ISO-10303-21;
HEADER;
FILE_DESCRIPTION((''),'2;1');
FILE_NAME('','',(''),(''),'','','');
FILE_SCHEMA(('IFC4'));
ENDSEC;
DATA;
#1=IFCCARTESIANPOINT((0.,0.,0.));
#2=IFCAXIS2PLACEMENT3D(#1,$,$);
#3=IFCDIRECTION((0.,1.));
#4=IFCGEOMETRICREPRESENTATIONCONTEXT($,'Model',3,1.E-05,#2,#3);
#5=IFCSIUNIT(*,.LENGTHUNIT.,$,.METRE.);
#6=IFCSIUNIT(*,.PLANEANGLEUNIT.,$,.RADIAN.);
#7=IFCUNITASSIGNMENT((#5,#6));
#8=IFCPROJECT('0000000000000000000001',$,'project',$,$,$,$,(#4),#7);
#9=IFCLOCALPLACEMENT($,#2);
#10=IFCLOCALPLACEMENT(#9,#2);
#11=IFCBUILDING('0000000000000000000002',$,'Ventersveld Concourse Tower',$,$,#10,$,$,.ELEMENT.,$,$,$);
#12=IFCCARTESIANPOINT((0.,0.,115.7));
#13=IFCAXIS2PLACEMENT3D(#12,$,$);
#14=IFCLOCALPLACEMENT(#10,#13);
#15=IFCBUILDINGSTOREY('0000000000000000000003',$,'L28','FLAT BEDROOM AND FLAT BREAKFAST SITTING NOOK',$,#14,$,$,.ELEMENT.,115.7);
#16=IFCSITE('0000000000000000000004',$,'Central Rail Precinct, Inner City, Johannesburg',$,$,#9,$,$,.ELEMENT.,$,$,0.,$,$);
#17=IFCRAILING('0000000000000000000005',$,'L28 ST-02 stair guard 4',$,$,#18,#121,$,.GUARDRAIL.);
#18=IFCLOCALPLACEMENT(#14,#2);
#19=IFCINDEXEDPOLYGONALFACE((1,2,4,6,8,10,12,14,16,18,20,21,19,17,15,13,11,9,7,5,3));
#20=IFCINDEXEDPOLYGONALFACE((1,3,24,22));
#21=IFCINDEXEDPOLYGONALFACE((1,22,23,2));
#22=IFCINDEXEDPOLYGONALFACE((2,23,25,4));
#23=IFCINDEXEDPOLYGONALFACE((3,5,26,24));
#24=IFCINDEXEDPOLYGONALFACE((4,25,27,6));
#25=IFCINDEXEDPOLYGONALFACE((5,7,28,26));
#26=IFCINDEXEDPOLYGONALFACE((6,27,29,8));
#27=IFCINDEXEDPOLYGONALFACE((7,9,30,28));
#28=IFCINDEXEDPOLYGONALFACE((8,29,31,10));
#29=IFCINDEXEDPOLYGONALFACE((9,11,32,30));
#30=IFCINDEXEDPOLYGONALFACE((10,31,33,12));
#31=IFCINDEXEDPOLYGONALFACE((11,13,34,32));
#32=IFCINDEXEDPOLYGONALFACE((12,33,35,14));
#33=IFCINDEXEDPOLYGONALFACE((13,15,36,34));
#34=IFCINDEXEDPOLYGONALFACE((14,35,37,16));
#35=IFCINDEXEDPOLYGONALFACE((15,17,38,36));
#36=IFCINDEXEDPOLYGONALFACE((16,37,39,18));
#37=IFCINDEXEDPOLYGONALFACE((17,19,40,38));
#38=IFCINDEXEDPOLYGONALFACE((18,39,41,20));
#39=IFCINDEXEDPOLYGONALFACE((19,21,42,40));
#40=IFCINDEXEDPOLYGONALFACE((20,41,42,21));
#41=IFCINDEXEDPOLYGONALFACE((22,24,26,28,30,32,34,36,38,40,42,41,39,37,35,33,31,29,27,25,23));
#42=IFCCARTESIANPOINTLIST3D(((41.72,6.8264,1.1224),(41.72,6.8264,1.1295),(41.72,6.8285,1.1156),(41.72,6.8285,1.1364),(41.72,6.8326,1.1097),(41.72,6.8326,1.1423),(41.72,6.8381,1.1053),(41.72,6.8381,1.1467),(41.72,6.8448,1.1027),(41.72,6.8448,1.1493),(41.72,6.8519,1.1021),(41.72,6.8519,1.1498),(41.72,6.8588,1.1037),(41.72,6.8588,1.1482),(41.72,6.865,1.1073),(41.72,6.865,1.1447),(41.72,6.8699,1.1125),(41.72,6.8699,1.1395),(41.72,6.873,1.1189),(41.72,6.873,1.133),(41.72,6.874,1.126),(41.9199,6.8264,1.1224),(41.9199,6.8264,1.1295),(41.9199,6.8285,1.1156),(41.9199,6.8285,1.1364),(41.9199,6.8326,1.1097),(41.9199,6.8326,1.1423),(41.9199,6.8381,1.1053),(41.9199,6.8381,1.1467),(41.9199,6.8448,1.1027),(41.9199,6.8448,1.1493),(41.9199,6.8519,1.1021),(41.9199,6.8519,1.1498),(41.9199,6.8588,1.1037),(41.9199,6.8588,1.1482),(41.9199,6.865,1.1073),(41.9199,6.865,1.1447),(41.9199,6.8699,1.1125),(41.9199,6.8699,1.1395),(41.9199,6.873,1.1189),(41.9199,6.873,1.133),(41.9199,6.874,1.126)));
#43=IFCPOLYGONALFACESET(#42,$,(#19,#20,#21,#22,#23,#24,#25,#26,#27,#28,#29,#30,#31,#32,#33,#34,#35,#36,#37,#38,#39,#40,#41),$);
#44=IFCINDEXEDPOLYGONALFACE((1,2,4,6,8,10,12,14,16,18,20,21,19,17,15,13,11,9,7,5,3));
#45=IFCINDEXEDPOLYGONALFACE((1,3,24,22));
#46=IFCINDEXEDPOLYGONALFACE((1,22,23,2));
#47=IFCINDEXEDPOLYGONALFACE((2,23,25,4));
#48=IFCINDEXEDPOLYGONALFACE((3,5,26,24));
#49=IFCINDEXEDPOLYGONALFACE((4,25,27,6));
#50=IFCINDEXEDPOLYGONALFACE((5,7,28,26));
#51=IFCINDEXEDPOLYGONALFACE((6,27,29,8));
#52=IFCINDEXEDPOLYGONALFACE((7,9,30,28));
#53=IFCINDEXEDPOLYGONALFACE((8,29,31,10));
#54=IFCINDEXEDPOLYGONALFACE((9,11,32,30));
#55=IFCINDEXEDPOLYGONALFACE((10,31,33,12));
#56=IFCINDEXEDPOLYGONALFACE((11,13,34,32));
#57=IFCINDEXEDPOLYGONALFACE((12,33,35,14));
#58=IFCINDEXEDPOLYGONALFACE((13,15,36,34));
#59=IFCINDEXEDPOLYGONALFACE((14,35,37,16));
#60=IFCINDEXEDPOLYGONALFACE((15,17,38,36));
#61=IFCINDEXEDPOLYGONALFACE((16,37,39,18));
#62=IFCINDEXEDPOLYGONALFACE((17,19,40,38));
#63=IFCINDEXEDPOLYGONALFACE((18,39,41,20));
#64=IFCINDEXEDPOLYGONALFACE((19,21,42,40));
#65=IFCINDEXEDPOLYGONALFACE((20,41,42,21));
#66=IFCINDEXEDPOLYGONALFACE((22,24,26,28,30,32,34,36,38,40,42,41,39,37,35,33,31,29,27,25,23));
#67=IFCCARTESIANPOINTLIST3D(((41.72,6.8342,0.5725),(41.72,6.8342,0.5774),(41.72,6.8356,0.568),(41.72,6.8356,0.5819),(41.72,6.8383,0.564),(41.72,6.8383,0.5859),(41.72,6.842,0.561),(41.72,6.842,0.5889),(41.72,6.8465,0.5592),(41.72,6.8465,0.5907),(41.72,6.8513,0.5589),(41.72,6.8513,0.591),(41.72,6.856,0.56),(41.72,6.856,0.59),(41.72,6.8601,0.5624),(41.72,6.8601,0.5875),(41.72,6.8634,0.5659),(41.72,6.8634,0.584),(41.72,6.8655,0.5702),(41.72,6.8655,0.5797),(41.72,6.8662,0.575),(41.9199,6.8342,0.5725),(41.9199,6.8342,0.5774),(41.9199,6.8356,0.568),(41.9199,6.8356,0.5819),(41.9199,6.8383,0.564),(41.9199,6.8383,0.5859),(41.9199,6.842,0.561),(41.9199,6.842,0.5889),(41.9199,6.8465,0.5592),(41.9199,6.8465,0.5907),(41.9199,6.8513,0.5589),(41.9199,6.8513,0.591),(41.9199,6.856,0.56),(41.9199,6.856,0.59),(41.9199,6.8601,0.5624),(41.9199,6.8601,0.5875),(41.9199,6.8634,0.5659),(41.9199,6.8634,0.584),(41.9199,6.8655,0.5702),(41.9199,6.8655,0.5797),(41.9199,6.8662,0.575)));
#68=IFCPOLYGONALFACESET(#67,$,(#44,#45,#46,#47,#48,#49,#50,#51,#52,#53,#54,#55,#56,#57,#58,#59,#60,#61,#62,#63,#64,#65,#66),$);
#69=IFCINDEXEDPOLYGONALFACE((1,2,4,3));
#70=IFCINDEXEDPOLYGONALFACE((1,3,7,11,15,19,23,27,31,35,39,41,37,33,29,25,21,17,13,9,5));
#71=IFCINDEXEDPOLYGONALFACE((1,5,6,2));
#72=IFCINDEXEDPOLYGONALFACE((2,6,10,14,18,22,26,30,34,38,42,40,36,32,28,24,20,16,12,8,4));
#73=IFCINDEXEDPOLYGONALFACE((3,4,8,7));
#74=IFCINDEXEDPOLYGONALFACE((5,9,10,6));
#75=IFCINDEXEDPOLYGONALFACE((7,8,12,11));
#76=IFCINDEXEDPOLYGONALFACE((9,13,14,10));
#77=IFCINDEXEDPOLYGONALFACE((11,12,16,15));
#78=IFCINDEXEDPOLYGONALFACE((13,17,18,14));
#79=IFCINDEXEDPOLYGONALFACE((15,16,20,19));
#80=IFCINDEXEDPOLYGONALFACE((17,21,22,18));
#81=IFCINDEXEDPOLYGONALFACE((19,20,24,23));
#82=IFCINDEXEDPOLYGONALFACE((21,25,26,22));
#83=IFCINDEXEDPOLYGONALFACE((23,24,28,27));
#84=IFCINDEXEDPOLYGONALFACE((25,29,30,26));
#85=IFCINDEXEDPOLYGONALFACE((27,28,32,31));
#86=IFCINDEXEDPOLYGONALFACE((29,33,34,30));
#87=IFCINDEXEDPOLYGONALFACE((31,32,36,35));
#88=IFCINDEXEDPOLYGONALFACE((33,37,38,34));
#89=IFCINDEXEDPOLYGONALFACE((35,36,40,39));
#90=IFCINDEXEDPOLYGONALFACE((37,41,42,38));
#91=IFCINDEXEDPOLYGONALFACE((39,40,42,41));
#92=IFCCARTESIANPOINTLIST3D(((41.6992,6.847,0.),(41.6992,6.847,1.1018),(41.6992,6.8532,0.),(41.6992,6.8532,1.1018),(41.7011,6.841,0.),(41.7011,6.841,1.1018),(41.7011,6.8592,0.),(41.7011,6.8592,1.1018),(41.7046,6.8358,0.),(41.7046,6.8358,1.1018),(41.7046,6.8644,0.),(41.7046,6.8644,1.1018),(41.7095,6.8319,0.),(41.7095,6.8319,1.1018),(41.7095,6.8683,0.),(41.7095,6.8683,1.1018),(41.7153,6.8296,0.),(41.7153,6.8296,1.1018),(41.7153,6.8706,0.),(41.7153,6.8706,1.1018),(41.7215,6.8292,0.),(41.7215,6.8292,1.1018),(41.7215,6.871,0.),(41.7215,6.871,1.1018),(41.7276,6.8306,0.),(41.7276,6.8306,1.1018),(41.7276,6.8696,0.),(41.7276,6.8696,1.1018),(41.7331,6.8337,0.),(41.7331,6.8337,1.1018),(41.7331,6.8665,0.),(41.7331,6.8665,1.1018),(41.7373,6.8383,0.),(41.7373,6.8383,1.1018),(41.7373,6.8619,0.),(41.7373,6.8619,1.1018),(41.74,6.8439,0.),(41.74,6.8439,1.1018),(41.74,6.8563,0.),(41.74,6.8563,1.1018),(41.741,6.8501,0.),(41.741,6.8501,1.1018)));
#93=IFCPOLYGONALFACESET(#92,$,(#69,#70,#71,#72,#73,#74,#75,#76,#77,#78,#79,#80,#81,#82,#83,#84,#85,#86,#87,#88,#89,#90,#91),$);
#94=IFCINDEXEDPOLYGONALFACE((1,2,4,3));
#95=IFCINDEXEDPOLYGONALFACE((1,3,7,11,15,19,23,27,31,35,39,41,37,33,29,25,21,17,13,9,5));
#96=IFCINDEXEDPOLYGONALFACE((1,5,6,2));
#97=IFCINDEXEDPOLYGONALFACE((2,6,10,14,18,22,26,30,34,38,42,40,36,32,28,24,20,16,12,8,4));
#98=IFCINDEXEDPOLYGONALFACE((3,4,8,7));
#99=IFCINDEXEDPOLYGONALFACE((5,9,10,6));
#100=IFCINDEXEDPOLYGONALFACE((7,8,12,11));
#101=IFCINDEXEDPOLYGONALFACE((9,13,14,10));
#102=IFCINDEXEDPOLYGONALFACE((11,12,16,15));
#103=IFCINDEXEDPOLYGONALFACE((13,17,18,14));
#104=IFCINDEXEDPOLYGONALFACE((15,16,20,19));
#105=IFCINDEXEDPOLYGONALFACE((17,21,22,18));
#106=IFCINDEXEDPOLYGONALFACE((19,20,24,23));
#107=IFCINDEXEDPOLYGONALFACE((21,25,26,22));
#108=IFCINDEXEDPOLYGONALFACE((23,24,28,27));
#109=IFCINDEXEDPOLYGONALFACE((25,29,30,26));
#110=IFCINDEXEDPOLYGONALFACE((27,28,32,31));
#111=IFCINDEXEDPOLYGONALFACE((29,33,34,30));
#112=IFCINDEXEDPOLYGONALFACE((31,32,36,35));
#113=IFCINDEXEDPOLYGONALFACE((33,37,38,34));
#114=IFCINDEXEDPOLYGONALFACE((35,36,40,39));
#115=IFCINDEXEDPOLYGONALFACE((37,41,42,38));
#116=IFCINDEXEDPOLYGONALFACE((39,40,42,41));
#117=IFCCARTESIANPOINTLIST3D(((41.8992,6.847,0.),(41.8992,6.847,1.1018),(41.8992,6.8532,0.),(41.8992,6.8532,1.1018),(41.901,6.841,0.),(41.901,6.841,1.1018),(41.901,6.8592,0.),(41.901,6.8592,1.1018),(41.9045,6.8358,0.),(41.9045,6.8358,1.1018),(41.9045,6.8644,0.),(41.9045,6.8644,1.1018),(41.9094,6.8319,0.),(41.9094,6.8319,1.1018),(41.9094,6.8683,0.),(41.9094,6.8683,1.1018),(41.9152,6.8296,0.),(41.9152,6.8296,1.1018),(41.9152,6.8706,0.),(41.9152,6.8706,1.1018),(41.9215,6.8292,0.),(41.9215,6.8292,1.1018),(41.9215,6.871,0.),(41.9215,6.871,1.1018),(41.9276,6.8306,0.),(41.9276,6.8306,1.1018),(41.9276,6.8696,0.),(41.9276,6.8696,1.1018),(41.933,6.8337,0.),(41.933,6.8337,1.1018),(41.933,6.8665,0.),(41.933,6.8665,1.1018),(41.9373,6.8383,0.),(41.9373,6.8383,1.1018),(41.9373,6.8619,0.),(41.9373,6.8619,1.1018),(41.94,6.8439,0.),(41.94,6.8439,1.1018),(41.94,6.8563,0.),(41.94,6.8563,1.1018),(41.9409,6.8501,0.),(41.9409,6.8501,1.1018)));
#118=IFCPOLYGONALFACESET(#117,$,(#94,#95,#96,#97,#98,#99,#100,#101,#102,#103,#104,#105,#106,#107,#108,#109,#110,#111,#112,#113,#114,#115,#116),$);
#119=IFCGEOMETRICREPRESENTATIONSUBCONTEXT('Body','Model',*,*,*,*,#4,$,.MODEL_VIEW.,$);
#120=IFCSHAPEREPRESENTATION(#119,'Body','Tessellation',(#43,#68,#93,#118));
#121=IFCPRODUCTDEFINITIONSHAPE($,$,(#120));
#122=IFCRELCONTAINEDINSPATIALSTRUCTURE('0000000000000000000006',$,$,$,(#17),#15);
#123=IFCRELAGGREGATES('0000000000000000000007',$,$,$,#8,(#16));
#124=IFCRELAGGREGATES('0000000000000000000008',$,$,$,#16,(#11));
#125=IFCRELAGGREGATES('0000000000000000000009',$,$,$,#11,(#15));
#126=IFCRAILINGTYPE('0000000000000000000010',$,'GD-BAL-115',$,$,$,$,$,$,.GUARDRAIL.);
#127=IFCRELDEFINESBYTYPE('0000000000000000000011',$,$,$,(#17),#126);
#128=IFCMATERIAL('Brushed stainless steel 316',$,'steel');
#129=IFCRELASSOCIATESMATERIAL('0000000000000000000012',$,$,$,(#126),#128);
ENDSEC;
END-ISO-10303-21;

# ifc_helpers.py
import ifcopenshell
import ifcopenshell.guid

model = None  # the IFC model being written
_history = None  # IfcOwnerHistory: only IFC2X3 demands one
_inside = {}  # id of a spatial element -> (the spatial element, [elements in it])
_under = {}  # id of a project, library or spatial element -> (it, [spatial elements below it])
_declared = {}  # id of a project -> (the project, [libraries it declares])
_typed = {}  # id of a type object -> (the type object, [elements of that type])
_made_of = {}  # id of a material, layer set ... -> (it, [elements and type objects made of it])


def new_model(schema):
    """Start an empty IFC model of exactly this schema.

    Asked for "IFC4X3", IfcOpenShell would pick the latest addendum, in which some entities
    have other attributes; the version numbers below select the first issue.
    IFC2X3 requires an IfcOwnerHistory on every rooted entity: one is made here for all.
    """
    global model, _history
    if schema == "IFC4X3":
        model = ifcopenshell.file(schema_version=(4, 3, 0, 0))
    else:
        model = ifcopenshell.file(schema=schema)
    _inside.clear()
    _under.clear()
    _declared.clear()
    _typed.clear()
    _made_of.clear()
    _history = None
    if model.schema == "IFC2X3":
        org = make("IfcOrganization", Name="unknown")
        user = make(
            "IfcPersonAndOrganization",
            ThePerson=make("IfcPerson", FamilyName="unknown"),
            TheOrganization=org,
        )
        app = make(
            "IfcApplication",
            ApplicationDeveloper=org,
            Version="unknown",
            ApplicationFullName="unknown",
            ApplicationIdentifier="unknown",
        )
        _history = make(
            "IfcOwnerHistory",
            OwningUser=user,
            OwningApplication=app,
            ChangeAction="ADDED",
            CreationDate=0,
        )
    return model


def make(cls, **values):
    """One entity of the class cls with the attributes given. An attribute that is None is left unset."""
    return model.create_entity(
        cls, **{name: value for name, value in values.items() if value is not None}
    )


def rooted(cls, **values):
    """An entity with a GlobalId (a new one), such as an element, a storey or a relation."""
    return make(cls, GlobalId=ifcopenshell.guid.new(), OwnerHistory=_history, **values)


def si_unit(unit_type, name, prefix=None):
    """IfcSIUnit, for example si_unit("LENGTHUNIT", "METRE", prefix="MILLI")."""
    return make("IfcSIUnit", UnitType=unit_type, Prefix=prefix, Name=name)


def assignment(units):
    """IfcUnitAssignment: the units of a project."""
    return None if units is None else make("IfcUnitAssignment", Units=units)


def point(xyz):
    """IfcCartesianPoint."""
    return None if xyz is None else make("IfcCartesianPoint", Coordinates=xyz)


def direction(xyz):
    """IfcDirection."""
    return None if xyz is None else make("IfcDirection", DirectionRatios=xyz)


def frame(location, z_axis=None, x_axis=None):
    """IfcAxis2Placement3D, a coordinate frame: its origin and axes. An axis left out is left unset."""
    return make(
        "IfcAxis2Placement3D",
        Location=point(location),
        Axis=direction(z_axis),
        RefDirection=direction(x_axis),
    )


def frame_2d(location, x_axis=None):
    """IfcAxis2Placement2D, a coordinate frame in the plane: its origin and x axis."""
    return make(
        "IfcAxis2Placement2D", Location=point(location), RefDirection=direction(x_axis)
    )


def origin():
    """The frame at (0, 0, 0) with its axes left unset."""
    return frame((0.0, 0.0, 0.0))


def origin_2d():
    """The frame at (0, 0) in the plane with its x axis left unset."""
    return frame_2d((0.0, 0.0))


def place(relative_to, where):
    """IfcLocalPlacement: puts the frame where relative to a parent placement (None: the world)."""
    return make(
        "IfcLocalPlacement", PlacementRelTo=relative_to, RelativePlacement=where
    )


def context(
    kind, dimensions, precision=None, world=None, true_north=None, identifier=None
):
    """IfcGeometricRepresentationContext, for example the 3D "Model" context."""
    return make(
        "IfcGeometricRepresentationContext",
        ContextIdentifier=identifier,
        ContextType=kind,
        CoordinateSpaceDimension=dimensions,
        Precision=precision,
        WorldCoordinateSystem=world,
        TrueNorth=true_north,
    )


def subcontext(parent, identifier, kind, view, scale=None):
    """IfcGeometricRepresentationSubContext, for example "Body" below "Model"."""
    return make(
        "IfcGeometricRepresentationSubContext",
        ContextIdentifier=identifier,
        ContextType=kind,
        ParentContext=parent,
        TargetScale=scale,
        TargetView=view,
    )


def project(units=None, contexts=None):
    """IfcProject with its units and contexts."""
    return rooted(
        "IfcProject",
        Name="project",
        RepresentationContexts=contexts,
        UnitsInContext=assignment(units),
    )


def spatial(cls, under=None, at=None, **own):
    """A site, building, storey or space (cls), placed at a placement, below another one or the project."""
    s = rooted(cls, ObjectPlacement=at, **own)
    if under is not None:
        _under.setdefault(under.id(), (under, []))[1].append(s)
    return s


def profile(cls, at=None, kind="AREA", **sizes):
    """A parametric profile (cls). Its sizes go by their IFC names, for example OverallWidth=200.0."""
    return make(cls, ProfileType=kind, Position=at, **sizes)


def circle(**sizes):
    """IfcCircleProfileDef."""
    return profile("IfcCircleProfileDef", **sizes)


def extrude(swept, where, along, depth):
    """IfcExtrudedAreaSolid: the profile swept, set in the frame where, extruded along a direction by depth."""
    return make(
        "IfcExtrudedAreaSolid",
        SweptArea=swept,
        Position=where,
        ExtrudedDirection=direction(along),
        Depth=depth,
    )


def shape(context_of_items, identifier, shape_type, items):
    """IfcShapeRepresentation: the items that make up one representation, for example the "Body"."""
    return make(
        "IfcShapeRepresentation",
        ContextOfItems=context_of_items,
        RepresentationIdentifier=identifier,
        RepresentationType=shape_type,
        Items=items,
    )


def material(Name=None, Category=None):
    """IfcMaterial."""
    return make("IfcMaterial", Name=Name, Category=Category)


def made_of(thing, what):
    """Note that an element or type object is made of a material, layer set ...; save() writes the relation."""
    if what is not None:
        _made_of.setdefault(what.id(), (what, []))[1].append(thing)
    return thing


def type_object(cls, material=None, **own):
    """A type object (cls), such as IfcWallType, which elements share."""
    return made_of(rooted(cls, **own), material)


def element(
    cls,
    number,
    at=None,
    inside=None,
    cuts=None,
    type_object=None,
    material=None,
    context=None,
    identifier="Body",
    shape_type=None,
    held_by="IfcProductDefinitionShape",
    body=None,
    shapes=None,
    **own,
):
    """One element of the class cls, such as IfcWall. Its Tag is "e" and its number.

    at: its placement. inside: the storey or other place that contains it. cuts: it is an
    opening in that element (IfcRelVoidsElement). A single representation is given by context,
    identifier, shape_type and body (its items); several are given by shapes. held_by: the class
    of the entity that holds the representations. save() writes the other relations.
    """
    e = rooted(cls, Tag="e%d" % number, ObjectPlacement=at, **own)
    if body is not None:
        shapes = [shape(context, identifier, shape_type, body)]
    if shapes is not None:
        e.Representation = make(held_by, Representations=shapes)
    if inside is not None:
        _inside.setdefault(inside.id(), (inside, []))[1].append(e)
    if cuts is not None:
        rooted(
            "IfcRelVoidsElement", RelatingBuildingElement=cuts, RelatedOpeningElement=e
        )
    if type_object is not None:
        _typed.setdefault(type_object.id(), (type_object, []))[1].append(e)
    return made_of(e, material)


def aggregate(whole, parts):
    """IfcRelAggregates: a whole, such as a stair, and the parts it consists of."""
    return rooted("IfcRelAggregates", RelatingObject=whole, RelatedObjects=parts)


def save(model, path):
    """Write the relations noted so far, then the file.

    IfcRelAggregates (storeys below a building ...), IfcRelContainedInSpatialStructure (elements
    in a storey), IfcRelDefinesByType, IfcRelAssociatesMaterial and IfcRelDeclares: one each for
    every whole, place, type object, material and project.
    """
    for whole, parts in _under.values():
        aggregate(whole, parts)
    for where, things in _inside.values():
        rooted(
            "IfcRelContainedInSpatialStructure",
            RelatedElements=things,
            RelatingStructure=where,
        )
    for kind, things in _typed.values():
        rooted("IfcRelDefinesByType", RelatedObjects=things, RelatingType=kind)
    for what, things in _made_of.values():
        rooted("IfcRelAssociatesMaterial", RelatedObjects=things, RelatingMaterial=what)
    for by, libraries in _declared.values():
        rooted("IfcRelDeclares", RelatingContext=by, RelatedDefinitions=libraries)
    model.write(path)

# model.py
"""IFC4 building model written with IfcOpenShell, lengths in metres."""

from ifc_helpers import new_model, si_unit, direction, frame, origin, origin_2d, place, context, subcontext, project, spatial, circle, extrude, material, type_object, element, save


model = new_model("IFC4")

# Units and contexts
model_context = context("Model", 3, precision=1e-05, world=origin(), true_north=direction((0.0, 1.0)))
body_context = subcontext(model_context, "Body", "Model", "MODEL_VIEW")
ifc_project = project(units=[si_unit("LENGTHUNIT", "METRE"), si_unit("PLANEANGLEUNIT", "RADIAN")], contexts=[model_context])

# Site, building, storey
site_placement = place(None, origin())
site = spatial("IfcSite", under=ifc_project, at=site_placement, Name="Central Rail Precinct, Inner City, Johannesburg", CompositionType="ELEMENT", RefElevation=0.0)
building_placement = place(site_placement, origin())
building = spatial("IfcBuilding", under=site, at=building_placement, Name="Ventersveld Concourse Tower", CompositionType="ELEMENT")
storey_placement = place(building_placement, frame((0.0, 0.0, 115.7)))
storey = spatial("IfcBuildingStorey", under=building, at=storey_placement, Name="L28", Description="FLAT BEDROOM AND FLAT BREAKFAST SITTING NOOK", CompositionType="ELEMENT", Elevation=115.7)

# Shared definitions
ifc_material_1 = material(Name="Brushed stainless steel 316", Category="steel")

# Railing
railing_type_1 = type_object("IfcRailingType", Name="GD-BAL-115", PredefinedType="GUARDRAIL", material=ifc_material_1)
railing_1_placement = place(storey_placement, frame((41.72, 6.8501, 0.0)))
element("IfcRailing", 1, at=railing_1_placement, inside=storey, type_object=railing_type_1, Name="L28 ST-02 stair guard 4", PredefinedType="GUARDRAIL", context=body_context, shape_type="SweptSolid", body=[
    extrude(circle(Radius=0.0239, at=origin_2d()), frame((0.0, 0.0, 1.126), z_axis=(1.0, 0.0, 0.0), x_axis=(0.0, 1.0, 0.0)), (0.0, 0.0, 1.0), 0.2),
    extrude(circle(Radius=0.0161, at=origin_2d()), frame((0.0, 0.0, 0.575), z_axis=(1.0, 0.0, 0.0), x_axis=(0.0, 1.0, 0.0)), (0.0, 0.0, 1.0), 0.2),
    extrude(circle(Radius=0.021, at=origin_2d()), origin(), (0.0, 0.0, 1.0), 1.1018),
    extrude(circle(Radius=0.021, at=origin_2d()), frame((0.2, 0.0, 0.0)), (0.0, 0.0, 1.0), 1.1018),
])

save(model, "model.ifc")
